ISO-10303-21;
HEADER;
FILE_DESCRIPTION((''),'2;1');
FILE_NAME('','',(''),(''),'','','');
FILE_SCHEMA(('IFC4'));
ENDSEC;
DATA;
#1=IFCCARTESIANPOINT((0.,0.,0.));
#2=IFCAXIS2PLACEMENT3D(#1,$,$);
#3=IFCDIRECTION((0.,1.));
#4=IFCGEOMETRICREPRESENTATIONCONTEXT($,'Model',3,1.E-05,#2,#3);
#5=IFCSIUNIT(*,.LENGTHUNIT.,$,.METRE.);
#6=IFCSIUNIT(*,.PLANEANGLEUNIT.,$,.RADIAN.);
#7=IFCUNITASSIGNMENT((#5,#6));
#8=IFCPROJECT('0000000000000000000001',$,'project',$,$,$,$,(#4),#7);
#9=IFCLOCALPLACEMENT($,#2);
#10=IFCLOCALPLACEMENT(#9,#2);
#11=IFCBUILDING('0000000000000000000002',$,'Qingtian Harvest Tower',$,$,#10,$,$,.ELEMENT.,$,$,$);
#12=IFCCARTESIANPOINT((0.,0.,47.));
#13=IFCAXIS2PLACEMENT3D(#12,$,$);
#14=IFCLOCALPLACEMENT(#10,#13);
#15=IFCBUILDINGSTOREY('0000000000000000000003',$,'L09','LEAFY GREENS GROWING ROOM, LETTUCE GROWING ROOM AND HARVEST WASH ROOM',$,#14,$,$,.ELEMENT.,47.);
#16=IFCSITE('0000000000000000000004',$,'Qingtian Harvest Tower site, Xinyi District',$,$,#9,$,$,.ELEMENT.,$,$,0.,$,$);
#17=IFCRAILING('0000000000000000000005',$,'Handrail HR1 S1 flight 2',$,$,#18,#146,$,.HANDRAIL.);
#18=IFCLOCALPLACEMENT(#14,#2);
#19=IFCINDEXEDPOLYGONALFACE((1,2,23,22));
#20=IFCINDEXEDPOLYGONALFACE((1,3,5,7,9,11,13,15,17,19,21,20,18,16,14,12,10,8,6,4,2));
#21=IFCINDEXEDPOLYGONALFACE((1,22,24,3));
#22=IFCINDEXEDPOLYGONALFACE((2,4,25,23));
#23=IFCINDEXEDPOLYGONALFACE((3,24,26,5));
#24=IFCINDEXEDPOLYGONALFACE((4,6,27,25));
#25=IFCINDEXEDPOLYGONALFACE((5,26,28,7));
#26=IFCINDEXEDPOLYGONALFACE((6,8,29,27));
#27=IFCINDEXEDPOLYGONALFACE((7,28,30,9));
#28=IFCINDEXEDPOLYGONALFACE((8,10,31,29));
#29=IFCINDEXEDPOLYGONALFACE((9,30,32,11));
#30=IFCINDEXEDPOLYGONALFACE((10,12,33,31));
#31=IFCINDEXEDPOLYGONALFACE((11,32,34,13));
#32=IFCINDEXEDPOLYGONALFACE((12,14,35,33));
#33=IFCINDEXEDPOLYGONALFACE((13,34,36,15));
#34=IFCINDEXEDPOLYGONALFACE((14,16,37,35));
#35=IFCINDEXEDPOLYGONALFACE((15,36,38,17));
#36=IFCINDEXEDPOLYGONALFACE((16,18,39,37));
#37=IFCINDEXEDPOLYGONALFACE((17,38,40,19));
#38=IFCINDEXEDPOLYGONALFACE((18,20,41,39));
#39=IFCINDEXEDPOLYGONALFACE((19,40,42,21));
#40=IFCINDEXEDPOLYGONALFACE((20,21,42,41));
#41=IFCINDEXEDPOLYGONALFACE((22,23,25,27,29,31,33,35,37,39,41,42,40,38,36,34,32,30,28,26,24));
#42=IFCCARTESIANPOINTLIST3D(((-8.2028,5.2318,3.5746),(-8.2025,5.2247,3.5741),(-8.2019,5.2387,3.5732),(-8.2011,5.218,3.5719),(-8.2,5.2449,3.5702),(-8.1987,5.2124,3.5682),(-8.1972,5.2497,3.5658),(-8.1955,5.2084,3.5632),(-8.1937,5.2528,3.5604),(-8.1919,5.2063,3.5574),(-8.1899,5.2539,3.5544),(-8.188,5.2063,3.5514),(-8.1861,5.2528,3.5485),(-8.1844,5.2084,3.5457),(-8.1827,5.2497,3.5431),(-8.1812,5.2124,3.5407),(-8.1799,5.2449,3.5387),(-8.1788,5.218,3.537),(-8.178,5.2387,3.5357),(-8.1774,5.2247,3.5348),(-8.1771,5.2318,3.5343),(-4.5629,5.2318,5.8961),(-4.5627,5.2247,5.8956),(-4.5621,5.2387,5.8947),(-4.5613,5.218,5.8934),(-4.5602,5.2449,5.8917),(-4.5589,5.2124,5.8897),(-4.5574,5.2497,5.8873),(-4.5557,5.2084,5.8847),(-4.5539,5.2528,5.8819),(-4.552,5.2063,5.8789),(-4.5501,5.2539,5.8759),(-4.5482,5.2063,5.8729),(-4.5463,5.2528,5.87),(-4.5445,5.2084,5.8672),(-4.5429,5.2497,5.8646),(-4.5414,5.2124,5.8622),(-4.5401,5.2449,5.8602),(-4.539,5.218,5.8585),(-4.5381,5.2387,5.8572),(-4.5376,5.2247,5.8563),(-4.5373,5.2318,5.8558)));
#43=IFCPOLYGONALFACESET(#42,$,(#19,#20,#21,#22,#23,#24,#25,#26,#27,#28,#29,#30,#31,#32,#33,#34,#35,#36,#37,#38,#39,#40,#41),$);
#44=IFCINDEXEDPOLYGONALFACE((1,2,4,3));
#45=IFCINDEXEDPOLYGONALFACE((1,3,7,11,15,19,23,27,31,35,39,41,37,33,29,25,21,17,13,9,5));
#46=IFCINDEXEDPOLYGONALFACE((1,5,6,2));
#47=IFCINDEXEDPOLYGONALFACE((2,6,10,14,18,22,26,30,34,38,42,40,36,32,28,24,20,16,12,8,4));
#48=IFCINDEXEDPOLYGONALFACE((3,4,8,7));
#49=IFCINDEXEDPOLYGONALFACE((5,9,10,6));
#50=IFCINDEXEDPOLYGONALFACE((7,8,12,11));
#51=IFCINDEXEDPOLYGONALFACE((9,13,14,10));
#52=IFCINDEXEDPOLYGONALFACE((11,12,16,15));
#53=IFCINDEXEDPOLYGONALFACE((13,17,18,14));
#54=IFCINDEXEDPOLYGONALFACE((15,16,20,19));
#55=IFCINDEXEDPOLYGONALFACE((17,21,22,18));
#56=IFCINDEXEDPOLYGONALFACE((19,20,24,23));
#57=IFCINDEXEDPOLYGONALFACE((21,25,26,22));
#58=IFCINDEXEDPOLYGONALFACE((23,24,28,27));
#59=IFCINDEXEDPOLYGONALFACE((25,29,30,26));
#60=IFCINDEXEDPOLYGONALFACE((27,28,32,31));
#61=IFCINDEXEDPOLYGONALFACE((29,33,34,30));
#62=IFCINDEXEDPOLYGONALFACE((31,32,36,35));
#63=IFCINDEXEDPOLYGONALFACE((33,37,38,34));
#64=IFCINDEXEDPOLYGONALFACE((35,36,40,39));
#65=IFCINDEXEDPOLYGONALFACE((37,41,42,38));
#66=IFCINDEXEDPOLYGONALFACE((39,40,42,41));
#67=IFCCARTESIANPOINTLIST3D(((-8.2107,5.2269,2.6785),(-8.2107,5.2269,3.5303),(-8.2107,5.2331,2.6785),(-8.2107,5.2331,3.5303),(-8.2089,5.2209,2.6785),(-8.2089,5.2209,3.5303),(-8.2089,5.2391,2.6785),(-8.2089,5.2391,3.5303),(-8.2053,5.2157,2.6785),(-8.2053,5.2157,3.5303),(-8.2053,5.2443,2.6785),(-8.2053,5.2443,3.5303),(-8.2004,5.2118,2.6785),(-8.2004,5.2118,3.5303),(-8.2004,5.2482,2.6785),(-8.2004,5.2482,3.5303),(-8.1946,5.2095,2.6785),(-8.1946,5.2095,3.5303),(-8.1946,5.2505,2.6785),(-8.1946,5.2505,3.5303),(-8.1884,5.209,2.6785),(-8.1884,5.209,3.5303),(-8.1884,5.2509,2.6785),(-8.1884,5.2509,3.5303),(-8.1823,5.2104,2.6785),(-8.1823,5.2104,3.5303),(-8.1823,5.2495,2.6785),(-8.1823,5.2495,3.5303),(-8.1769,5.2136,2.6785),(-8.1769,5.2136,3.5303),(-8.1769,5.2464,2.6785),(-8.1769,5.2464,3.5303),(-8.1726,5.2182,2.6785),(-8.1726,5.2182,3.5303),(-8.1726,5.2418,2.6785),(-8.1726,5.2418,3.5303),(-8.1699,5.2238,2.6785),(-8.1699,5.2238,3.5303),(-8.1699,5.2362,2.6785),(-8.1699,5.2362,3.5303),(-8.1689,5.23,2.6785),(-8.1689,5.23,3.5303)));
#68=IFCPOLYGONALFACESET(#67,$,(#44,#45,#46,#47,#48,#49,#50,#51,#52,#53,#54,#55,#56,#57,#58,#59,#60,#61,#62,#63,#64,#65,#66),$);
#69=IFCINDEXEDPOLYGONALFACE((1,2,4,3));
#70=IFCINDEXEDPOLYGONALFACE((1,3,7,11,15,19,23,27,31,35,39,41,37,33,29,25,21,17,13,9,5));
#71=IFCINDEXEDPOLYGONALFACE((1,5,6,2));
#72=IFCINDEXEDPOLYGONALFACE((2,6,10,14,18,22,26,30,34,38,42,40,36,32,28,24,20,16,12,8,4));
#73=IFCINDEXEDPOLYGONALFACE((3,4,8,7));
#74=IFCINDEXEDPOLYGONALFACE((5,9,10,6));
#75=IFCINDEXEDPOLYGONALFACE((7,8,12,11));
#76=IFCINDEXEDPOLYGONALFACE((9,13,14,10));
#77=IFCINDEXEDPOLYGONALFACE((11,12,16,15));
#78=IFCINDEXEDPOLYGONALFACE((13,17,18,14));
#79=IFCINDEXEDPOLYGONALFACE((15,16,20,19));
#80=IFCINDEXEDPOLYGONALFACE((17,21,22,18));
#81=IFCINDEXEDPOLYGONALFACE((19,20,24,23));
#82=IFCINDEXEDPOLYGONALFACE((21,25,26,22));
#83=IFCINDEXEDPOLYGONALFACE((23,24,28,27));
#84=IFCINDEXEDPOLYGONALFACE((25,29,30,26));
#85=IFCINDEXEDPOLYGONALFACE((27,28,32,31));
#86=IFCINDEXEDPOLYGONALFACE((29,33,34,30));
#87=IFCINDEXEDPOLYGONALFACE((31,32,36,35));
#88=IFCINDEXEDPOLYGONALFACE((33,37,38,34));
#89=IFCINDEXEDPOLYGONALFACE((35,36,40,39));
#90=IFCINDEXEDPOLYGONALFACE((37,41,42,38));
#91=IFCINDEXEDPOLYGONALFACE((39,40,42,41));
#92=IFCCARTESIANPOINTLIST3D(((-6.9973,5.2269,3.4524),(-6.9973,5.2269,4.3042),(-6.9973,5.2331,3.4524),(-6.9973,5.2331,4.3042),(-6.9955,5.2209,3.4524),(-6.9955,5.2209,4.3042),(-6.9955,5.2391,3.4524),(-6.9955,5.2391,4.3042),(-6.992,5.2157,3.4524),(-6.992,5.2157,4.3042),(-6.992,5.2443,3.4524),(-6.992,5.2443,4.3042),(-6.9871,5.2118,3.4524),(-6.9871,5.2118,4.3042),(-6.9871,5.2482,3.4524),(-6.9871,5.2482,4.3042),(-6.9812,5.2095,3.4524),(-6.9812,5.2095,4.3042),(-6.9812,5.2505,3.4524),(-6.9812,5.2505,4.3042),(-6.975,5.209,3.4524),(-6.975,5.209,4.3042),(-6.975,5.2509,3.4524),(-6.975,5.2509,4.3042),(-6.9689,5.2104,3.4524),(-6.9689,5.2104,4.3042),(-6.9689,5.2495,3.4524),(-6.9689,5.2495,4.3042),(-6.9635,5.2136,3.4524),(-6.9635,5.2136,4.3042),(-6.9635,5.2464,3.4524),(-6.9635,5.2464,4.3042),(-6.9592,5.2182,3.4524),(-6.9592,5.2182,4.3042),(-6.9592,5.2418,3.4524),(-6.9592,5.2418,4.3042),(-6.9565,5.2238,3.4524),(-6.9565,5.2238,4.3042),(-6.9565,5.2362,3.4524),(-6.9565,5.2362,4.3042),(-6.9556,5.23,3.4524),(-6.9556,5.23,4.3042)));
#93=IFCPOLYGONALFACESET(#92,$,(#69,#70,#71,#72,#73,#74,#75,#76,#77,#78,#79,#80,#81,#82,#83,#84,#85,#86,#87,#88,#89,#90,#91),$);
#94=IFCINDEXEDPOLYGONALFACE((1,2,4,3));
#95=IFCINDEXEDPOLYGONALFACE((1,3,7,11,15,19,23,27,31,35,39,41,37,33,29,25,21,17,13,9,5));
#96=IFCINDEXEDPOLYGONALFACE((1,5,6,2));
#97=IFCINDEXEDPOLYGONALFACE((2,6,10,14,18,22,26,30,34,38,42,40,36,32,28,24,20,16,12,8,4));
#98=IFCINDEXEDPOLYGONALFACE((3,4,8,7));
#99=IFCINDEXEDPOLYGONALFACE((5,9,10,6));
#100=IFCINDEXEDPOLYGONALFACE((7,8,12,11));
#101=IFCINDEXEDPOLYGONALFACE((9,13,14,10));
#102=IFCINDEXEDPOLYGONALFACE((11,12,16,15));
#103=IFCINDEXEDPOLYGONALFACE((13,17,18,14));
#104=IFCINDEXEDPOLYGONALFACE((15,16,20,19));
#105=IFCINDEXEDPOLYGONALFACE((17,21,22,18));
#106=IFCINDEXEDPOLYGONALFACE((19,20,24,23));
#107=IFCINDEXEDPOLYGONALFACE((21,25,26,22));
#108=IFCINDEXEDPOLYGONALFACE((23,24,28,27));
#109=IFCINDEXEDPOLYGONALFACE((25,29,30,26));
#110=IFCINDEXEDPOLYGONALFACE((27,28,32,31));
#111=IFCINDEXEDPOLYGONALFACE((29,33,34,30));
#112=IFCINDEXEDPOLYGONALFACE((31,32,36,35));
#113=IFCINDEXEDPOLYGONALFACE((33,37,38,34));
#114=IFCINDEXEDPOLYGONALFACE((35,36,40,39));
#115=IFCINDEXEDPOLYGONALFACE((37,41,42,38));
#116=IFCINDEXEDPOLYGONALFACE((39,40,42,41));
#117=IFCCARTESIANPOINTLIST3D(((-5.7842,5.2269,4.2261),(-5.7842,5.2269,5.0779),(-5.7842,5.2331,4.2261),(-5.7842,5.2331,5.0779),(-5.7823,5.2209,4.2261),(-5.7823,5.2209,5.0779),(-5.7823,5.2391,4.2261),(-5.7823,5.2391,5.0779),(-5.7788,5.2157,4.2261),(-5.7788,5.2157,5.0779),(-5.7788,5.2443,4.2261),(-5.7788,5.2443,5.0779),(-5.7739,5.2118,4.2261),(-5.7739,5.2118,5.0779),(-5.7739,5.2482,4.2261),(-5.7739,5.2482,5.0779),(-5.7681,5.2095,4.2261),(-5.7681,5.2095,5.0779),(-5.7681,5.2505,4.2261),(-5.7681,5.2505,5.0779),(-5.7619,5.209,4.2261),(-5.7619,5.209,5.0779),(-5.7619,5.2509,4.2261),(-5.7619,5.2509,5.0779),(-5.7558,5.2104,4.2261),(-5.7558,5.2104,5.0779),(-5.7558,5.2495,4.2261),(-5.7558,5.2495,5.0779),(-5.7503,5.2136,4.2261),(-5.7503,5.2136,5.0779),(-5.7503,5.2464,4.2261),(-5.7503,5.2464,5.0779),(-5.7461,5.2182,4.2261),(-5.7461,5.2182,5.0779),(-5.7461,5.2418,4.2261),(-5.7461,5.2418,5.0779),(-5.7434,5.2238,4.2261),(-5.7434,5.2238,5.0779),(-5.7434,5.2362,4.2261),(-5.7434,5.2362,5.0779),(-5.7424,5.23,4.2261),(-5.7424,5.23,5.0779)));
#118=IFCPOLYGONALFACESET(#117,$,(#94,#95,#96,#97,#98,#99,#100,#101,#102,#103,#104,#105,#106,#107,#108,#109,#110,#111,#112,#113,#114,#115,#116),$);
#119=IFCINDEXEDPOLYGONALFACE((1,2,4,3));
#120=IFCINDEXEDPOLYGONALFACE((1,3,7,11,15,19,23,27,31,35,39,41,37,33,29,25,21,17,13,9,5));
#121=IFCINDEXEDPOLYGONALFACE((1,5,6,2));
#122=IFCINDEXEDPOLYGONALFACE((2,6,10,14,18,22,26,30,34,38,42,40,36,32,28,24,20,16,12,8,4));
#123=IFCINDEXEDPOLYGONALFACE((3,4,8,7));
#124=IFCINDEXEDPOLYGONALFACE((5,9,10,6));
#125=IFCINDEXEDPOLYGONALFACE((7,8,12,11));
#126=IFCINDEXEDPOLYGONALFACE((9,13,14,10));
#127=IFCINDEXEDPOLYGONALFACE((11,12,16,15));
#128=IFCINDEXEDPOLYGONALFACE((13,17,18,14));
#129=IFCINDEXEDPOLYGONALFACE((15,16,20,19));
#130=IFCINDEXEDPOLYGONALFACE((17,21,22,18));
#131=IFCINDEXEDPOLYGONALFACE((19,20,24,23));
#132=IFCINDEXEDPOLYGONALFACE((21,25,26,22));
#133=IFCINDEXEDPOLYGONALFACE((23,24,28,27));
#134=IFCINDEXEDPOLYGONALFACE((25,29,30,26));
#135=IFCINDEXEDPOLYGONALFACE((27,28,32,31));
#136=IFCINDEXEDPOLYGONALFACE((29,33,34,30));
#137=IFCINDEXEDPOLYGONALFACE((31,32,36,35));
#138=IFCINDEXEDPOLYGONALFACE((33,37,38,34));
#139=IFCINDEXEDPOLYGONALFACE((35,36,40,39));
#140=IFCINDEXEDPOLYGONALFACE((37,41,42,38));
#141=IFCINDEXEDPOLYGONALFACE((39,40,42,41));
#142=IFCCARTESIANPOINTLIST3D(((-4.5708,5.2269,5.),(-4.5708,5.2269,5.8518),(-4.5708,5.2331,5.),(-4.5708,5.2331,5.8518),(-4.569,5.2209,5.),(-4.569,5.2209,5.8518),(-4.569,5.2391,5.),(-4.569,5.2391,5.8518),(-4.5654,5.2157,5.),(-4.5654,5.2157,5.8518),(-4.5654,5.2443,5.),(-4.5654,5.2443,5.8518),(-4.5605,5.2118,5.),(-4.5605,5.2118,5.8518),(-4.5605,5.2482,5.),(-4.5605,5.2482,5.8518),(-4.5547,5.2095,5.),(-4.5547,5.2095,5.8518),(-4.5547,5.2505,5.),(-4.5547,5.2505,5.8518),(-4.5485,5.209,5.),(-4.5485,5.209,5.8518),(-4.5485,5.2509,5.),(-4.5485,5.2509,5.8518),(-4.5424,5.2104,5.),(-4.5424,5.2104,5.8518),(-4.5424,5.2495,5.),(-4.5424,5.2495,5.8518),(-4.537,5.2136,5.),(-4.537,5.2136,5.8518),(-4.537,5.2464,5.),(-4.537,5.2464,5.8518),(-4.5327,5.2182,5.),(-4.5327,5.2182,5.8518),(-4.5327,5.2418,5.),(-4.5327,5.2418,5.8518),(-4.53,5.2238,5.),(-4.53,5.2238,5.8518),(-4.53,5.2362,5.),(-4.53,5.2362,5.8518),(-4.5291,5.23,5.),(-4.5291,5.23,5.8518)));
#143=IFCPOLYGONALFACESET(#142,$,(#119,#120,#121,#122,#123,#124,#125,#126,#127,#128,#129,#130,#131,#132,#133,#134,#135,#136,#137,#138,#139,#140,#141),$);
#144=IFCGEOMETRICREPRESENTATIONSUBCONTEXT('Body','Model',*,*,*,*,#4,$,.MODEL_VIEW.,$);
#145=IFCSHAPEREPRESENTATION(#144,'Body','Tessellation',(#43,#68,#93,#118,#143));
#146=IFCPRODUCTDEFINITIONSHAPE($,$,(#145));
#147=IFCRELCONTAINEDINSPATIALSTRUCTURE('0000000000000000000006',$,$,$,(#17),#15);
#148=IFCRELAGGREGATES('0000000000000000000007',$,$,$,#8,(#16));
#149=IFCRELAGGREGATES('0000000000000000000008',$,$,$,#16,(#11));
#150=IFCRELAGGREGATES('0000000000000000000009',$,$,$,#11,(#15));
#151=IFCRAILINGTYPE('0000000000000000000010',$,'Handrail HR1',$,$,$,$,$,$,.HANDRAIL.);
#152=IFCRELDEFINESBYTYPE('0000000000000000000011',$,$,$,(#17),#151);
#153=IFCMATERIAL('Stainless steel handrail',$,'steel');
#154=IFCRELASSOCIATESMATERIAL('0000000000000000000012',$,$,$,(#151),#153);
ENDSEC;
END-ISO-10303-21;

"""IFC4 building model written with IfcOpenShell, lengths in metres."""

from ifc_helpers import new_model, si_unit, direction, frame, origin, origin_2d, place, context, subcontext, project, spatial, circle, extrude, material, type_object, element, save


model = new_model("IFC4")

# Units and contexts
model_context = context("Model", 3, precision=1e-05, world=origin(), true_north=direction((0.0, 1.0)))
body_context = subcontext(model_context, "Body", "Model", "MODEL_VIEW")
ifc_project = project(units=[si_unit("LENGTHUNIT", "METRE"), si_unit("PLANEANGLEUNIT", "RADIAN")], contexts=[model_context])

# Site, building, storey
site_placement = place(None, origin())
site = spatial("IfcSite", under=ifc_project, at=site_placement, Name="Qingtian Harvest Tower site, Xinyi District", CompositionType="ELEMENT", RefElevation=0.0)
building_placement = place(site_placement, origin())
building = spatial("IfcBuilding", under=site, at=building_placement, Name="Qingtian Harvest Tower", CompositionType="ELEMENT")
storey_placement = place(building_placement, frame((0.0, 0.0, 47.0)))
storey = spatial("IfcBuildingStorey", under=building, at=storey_placement, Name="L09", Description="LEAFY GREENS GROWING ROOM, LETTUCE GROWING ROOM AND HARVEST WASH ROOM", CompositionType="ELEMENT", Elevation=47.0)

# Railing
ifc_material_1 = material(Name="Stainless steel handrail", Category="steel")
railing_type = type_object("IfcRailingType", Name="Handrail HR1", PredefinedType="HANDRAIL", material=ifc_material_1)
railing_1_placement = place(storey_placement, frame((-8.1899, 5.23, 2.6785)))
element("IfcRailing", 1, at=railing_1_placement, inside=storey, type_object=railing_type, Name="Handrail HR1 S1 flight 2", PredefinedType="HANDRAIL", context=body_context, shape_type="SweptSolid", body=[
    extrude(circle(Radius=0.0239, at=origin_2d()), frame((0.0, 0.0, 0.876), z_axis=(0.843112, 0.0, 0.537739), x_axis=(0.0, 1.0, 0.0)), (0.0, 0.0, 1.0), 4.3171),
    extrude(circle(Radius=0.021, at=origin_2d()), origin(), (0.0, 0.0, 1.0), 0.8518),
    extrude(circle(Radius=0.021, at=origin_2d()), frame((1.2134, 0.0, 0.7739)), (0.0, 0.0, 1.0), 0.8518),
    extrude(circle(Radius=0.021, at=origin_2d()), frame((2.4265, 0.0, 1.5476)), (0.0, 0.0, 1.0), 0.8518),
    extrude(circle(Radius=0.021, at=origin_2d()), frame((3.6399, 0.0, 2.3215)), (0.0, 0.0, 1.0), 0.8518),
])

save(model, "model.ifc")
